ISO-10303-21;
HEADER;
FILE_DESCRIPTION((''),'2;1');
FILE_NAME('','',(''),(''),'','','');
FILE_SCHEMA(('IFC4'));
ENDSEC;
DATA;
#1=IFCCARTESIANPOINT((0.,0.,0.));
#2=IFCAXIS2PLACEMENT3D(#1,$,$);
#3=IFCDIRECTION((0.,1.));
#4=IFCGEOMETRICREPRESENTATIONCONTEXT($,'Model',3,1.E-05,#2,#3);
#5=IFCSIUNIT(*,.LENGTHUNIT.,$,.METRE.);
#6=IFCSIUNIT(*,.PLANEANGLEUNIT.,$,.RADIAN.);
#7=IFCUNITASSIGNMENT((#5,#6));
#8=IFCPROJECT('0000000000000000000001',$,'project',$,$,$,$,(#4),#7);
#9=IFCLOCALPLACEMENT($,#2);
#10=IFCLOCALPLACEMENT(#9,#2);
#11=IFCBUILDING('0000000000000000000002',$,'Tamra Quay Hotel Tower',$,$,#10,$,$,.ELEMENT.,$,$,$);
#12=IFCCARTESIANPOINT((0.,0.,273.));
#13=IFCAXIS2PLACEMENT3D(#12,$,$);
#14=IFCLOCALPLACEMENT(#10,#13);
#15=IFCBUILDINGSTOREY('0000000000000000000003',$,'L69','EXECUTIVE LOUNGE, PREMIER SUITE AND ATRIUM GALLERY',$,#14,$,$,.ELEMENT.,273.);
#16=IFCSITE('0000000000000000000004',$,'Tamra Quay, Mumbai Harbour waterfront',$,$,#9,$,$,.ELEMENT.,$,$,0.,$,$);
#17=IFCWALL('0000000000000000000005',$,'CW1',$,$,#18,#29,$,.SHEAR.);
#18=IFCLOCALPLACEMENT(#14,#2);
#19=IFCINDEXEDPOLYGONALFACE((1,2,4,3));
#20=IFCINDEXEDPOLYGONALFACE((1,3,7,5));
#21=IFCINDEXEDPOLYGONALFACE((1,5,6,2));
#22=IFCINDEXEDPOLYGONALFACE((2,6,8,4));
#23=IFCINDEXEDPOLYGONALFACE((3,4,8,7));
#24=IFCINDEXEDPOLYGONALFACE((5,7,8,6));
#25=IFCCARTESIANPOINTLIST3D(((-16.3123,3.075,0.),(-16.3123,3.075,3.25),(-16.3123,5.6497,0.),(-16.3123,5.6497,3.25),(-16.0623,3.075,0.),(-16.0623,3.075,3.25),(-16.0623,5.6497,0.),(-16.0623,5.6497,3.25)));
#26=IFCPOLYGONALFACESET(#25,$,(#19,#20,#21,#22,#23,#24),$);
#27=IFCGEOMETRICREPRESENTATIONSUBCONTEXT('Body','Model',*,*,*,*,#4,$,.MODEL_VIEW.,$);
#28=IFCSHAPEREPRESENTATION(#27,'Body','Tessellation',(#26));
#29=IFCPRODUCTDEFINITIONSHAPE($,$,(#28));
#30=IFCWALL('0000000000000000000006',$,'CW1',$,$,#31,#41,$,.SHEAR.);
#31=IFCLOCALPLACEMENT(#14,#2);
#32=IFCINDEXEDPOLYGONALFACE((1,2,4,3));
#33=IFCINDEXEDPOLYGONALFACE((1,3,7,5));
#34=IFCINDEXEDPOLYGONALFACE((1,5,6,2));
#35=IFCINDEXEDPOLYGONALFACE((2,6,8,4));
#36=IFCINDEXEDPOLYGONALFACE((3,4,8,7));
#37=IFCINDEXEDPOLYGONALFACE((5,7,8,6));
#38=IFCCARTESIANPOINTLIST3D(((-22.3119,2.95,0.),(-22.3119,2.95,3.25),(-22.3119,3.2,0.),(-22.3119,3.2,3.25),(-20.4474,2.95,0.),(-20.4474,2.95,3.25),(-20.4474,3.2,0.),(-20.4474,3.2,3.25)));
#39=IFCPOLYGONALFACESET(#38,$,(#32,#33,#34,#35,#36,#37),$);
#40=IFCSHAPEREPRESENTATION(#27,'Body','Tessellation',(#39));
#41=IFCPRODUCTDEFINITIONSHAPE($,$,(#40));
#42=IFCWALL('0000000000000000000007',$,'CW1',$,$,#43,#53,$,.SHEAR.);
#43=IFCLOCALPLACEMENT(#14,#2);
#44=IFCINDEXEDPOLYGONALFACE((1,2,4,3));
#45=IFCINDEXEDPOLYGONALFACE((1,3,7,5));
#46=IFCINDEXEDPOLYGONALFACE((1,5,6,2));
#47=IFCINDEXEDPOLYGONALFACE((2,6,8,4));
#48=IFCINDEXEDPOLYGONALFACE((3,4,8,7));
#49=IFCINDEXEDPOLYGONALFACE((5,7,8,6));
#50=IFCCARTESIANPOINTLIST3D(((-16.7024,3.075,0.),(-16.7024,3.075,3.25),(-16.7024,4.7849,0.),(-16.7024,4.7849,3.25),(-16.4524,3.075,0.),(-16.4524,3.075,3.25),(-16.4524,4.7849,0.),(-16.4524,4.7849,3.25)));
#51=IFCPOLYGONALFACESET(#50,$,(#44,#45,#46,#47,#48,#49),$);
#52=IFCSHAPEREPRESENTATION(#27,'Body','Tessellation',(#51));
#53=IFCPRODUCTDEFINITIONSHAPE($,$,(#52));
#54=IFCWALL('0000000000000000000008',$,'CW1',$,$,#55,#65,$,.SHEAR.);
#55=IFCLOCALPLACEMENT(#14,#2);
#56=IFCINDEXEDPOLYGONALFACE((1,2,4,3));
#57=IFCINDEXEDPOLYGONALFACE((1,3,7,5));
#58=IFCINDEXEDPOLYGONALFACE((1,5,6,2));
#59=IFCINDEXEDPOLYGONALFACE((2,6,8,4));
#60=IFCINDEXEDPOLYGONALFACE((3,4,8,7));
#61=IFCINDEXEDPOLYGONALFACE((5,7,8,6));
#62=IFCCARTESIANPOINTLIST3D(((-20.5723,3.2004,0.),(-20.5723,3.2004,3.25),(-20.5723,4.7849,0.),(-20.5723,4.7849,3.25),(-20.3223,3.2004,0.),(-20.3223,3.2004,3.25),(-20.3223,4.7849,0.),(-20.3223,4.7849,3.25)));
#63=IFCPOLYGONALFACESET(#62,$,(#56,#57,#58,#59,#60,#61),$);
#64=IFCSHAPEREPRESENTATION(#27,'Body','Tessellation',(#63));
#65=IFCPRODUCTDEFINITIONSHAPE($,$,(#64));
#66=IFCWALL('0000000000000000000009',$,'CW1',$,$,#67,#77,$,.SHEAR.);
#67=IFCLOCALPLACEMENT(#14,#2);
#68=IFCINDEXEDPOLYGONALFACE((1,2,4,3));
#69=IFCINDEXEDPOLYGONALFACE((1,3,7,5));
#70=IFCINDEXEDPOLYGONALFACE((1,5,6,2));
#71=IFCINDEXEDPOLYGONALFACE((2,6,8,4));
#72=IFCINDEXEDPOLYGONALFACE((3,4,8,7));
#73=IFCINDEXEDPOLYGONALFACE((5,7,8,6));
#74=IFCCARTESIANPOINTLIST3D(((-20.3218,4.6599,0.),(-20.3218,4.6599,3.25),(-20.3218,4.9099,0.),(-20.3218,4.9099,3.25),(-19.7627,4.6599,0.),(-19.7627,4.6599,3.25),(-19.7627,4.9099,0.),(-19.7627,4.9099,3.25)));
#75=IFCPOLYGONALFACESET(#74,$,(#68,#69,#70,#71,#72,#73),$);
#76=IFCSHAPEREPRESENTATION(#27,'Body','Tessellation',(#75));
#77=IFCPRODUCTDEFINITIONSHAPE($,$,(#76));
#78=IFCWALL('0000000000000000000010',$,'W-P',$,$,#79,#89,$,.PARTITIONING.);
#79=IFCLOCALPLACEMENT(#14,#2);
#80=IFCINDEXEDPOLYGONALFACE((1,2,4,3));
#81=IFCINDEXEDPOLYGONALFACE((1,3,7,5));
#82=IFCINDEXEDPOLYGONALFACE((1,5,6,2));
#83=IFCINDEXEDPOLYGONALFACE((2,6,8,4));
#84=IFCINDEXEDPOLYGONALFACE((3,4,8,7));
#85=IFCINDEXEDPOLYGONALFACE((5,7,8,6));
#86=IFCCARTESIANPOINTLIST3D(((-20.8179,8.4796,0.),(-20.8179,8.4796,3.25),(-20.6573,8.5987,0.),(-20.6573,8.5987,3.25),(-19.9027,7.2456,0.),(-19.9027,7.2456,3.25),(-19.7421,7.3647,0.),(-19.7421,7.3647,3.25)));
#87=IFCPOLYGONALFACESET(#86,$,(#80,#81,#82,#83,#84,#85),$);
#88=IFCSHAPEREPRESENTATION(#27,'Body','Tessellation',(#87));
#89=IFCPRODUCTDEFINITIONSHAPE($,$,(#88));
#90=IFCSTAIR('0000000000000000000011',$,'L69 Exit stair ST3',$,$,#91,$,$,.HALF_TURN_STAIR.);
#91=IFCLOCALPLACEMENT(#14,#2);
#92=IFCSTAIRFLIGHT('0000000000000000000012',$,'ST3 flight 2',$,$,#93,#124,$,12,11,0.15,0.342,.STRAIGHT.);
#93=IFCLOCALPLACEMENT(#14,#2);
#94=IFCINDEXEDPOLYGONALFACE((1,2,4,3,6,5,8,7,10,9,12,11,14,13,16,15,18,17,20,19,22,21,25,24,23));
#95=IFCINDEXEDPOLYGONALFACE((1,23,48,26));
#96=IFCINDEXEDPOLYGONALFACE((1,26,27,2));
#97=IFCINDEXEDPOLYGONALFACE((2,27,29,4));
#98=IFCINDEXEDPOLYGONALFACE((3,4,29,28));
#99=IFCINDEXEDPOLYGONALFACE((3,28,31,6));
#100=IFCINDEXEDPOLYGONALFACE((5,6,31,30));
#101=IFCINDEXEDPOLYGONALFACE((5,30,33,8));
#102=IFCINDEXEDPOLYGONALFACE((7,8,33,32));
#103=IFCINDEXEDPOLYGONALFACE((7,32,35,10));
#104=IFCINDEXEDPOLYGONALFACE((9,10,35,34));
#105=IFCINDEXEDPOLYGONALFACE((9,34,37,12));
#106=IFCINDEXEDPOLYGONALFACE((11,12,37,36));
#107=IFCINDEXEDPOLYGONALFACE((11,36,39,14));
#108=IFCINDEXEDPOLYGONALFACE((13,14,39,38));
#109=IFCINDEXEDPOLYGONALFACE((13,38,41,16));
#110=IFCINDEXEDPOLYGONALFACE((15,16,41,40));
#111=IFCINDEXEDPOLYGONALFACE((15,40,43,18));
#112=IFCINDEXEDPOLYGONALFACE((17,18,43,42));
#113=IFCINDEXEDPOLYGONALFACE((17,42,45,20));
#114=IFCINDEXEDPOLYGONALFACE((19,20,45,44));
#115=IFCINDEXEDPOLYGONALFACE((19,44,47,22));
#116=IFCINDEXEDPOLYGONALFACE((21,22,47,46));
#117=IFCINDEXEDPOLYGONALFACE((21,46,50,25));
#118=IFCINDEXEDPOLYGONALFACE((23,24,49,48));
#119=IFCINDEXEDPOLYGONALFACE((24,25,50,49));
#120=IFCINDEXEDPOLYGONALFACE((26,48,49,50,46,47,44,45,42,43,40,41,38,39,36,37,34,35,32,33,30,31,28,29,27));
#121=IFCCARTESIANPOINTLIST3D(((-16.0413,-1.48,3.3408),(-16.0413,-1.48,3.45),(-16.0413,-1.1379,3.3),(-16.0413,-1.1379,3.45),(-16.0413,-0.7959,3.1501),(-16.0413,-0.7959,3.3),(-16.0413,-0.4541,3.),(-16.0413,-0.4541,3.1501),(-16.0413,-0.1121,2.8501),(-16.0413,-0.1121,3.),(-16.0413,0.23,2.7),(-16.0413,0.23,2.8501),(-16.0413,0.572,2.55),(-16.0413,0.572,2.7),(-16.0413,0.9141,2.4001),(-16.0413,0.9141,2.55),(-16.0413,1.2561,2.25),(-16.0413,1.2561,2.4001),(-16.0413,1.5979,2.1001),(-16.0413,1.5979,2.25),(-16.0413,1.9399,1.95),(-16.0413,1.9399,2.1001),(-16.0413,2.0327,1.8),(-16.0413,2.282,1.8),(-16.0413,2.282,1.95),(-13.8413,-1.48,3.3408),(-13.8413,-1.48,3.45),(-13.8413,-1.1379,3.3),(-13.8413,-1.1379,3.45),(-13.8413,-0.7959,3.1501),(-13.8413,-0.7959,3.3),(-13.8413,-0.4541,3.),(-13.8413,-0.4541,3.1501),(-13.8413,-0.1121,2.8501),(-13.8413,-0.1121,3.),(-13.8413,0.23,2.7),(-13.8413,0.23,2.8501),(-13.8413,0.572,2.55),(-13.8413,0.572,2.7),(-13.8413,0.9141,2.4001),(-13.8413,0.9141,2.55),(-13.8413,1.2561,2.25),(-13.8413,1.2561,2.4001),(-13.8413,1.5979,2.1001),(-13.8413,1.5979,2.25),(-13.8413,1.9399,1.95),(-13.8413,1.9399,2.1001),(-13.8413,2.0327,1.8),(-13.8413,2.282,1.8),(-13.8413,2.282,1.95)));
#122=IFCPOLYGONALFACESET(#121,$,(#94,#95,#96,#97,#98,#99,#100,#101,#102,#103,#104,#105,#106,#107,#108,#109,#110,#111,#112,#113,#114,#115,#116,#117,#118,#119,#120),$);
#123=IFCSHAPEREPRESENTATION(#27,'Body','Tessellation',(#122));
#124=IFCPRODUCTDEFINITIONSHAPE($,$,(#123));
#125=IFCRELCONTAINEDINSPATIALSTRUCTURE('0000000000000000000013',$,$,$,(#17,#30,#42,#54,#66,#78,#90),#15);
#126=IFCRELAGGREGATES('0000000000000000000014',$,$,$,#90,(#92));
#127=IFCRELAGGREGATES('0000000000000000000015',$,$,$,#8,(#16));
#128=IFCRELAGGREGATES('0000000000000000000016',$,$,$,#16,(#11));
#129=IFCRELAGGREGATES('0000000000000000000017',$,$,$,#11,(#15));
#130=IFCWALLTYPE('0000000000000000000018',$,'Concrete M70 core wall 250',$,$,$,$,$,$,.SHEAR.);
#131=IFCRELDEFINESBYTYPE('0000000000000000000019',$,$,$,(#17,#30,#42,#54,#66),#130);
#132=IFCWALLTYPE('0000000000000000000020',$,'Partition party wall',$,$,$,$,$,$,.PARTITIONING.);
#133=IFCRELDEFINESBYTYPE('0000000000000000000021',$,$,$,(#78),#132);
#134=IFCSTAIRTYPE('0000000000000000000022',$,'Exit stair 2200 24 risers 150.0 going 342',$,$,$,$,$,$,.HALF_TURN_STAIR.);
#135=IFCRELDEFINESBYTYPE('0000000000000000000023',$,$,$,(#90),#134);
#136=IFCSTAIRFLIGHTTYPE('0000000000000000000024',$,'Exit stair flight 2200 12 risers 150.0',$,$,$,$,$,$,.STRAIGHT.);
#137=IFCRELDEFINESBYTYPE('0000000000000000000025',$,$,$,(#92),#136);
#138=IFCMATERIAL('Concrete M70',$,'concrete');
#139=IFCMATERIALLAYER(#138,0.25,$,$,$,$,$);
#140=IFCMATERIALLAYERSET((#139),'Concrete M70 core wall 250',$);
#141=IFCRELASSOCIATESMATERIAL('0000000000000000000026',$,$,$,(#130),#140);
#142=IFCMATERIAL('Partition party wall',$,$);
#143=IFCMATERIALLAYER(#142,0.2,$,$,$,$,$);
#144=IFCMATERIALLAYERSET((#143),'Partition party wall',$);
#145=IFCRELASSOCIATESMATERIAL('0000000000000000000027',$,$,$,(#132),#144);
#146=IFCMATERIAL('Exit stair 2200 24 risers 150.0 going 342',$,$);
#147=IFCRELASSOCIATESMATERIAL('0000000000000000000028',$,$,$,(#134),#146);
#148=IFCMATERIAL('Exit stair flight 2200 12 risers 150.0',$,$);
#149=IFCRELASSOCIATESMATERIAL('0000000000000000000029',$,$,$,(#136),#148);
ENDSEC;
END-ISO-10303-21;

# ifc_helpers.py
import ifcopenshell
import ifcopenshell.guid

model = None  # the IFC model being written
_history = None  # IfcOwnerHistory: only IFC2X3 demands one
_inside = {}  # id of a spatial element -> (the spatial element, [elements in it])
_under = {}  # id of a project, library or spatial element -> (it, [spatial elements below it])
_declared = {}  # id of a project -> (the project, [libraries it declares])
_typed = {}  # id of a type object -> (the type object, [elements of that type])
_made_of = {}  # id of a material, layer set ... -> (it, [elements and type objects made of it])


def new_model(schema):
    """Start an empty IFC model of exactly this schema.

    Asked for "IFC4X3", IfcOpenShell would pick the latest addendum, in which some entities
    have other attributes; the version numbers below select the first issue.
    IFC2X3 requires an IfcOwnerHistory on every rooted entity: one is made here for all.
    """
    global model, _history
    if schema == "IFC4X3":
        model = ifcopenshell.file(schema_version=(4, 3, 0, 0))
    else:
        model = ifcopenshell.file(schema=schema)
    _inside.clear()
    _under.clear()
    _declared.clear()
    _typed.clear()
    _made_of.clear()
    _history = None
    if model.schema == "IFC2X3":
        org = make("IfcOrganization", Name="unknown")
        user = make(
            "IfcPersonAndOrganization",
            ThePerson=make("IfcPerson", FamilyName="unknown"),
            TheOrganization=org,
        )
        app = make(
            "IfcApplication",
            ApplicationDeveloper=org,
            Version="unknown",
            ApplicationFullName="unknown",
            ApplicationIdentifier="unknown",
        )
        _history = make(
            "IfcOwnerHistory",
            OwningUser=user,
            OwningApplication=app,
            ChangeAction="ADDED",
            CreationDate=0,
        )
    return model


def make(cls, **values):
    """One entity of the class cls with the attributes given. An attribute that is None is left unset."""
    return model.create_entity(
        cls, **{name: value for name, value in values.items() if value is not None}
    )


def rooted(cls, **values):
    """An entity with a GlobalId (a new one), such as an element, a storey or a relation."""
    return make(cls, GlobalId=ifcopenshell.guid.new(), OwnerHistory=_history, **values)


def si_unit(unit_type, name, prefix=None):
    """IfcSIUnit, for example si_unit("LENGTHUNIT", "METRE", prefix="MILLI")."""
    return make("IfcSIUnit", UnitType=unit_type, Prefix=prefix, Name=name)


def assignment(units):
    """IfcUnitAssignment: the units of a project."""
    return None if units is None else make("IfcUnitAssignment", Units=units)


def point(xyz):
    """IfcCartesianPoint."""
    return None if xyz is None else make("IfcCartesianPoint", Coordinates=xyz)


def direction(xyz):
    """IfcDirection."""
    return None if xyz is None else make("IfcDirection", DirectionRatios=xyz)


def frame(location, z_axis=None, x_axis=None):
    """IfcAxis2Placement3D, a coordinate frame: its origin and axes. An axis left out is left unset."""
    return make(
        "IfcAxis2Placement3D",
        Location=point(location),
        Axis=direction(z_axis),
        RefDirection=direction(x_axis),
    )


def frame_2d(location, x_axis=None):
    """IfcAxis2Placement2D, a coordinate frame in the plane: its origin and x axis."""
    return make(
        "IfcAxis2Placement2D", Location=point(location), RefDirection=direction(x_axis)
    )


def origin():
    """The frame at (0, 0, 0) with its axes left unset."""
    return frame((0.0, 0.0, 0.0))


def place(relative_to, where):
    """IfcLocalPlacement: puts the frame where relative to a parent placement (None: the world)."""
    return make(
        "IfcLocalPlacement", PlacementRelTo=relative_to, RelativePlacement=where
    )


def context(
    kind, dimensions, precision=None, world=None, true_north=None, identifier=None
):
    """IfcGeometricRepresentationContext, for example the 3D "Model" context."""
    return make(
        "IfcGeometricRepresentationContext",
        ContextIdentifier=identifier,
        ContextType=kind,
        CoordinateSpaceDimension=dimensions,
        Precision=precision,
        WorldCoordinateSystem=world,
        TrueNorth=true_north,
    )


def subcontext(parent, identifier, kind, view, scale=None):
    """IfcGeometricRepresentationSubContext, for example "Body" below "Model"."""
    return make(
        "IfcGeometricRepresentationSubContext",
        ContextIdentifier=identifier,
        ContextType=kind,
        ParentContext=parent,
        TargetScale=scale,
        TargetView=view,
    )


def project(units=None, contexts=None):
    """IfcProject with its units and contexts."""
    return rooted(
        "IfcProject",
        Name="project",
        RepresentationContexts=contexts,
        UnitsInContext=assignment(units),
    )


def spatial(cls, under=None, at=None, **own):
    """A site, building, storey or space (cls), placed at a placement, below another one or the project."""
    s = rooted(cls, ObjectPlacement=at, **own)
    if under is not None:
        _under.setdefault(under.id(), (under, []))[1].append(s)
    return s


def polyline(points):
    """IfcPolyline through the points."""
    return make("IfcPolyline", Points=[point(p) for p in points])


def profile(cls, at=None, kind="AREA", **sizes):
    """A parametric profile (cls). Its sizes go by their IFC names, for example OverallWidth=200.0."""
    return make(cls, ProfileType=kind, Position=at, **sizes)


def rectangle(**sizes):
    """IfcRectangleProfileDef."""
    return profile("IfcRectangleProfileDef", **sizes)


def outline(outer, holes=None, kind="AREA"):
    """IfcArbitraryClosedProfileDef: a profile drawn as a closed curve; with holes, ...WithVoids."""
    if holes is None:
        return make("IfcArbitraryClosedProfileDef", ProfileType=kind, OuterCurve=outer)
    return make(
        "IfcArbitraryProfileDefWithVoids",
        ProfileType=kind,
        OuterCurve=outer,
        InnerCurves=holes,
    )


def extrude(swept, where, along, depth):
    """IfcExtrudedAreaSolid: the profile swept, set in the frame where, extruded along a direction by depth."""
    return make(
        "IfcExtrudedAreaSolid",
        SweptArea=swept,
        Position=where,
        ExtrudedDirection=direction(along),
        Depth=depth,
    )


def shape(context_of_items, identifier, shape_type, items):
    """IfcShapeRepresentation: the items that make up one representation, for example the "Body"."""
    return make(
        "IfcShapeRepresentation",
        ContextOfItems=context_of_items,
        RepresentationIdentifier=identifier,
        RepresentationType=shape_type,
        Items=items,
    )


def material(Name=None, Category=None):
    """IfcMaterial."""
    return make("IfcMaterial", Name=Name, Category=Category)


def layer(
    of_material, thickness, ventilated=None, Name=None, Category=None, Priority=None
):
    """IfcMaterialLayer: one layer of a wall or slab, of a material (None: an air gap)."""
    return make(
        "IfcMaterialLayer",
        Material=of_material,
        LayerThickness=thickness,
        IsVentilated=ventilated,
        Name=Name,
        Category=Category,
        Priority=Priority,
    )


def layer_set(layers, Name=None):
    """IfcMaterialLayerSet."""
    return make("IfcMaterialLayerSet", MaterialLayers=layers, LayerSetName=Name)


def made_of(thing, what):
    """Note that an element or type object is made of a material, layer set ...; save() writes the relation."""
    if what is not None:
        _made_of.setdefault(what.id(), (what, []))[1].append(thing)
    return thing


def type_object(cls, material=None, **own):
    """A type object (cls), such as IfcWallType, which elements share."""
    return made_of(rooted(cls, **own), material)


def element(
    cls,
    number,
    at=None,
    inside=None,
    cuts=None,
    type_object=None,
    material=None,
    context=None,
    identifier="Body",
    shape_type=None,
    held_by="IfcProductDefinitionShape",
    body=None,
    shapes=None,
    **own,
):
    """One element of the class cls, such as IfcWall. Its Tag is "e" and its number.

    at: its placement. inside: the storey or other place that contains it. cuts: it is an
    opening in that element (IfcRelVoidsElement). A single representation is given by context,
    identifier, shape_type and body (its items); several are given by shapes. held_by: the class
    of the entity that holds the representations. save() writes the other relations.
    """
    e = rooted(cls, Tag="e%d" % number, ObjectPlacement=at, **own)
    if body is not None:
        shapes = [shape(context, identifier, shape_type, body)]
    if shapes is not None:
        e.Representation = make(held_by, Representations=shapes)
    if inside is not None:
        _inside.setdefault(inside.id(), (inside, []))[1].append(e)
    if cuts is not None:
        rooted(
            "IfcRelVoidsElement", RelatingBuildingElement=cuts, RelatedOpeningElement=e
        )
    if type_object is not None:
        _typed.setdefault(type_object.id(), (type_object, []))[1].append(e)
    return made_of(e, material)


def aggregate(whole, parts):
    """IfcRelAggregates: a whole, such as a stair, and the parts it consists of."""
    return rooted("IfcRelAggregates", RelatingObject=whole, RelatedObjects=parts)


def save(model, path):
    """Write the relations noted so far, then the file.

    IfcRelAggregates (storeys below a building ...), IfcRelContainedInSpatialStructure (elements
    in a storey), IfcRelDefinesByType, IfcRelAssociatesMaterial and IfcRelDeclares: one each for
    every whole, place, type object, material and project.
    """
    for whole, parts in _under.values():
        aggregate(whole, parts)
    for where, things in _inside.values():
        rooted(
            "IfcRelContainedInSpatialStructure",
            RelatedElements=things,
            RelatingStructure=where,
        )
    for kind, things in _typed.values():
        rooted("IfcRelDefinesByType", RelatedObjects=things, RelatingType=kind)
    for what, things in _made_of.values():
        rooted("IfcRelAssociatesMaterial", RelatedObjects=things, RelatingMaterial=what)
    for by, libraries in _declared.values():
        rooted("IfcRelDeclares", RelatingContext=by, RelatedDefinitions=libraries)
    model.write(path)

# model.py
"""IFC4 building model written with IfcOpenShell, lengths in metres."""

from ifc_helpers import new_model, si_unit, direction, frame, frame_2d, origin, place, context, subcontext, project, spatial, polyline, rectangle, outline, extrude, material, layer, layer_set, type_object, element, aggregate, save


model = new_model("IFC4")

# Units and contexts
model_context = context("Model", 3, precision=1e-05, world=origin(), true_north=direction((0.0, 1.0)))
body_context = subcontext(model_context, "Body", "Model", "MODEL_VIEW")
ifc_project = project(units=[si_unit("LENGTHUNIT", "METRE"), si_unit("PLANEANGLEUNIT", "RADIAN")], contexts=[model_context])

# Site, building, storey
site_placement = place(None, origin())
site = spatial("IfcSite", under=ifc_project, at=site_placement, Name="Tamra Quay, Mumbai Harbour waterfront", CompositionType="ELEMENT", RefElevation=0.0)
building_placement = place(site_placement, origin())
building = spatial("IfcBuilding", under=site, at=building_placement, Name="Tamra Quay Hotel Tower", CompositionType="ELEMENT")
storey_placement = place(building_placement, frame((0.0, 0.0, 273.0)))
storey = spatial("IfcBuildingStorey", under=building, at=storey_placement, Name="L69", Description="EXECUTIVE LOUNGE, PREMIER SUITE AND ATRIUM GALLERY", CompositionType="ELEMENT", Elevation=273.0)

# Shared definitions
ifc_material_1 = material(Name="Concrete M70", Category="concrete")

# Walls
ifc_layer_1 = layer(ifc_material_1, 0.25)
ifc_layer_set_1 = layer_set([ifc_layer_1], Name="Concrete M70 core wall 250")
wall_type_1 = type_object("IfcWallType", Name="Concrete M70 core wall 250", PredefinedType="SHEAR", material=ifc_layer_set_1)
wall_1_placement = place(storey_placement, frame((-16.1873, 3.075, 0.0), z_axis=(0.0, 0.0, 1.0), x_axis=(0.0, 1.0, 0.0)))
element("IfcWall", 1, at=wall_1_placement, inside=storey, type_object=wall_type_1, Name="CW1", PredefinedType="SHEAR", context=body_context, shape_type="SweptSolid", body=[
    extrude(rectangle(XDim=2.5747, YDim=0.25, at=frame_2d((1.2874, 0.0))), origin(), (0.0, 0.0, 1.0), 3.25),
])
wall_2_placement = place(storey_placement, frame((-22.3118, 3.075, 0.0), z_axis=(0.0, 0.0, 1.0), x_axis=(1.0, 0.0, 0.0)))
element("IfcWall", 2, at=wall_2_placement, inside=storey, type_object=wall_type_1, Name="CW1", PredefinedType="SHEAR", context=body_context, shape_type="SweptSolid", body=[
    extrude(rectangle(XDim=1.8645, YDim=0.25, at=frame_2d((0.9321, 0.0))), origin(), (0.0, 0.0, 1.0), 3.25),
])
wall_3_placement = place(storey_placement, frame((-16.5774, 4.7849, 0.0), z_axis=(0.0, 0.0, 1.0), x_axis=(0.0, -1.0, 0.0)))
element("IfcWall", 3, at=wall_3_placement, inside=storey, type_object=wall_type_1, Name="CW1", PredefinedType="SHEAR", context=body_context, shape_type="SweptSolid", body=[
    extrude(rectangle(XDim=1.71, YDim=0.25, at=frame_2d((0.855, 0.0))), origin(), (0.0, 0.0, 1.0), 3.25),
])
wall_4_placement = place(storey_placement, frame((-20.4473, 3.2004, 0.0), z_axis=(0.0, 0.0, 1.0), x_axis=(0.0, 1.0, 0.0)))
element("IfcWall", 4, at=wall_4_placement, inside=storey, type_object=wall_type_1, Name="CW1", PredefinedType="SHEAR", context=body_context, shape_type="SweptSolid", body=[
    extrude(rectangle(XDim=1.5845, YDim=0.25, at=frame_2d((0.7922, 0.0))), origin(), (0.0, 0.0, 1.0), 3.25),
])
wall_5_placement = place(storey_placement, frame((-20.3218, 4.7849, 0.0), z_axis=(0.0, 0.0, 1.0), x_axis=(1.0, 0.0, 0.0)))
element("IfcWall", 5, at=wall_5_placement, inside=storey, type_object=wall_type_1, Name="CW1", PredefinedType="SHEAR", context=body_context, shape_type="SweptSolid", body=[
    extrude(rectangle(XDim=0.5591, YDim=0.25, at=frame_2d((0.2795, 0.0))), origin(), (0.0, 0.0, 1.0), 3.25),
])
ifc_material_2 = material(Name="Partition party wall")
ifc_layer_2 = layer(ifc_material_2, 0.2)
ifc_layer_set_2 = layer_set([ifc_layer_2], Name="Partition party wall")
wall_type_2 = type_object("IfcWallType", Name="Partition party wall", PredefinedType="PARTITIONING", material=ifc_layer_set_2)
wall_6_placement = place(storey_placement, frame((-20.7375, 8.5391, 0.0), z_axis=(0.0, 0.0, 1.0), x_axis=(0.595695, -0.803211, 0.0)))
element("IfcWall", 6, at=wall_6_placement, inside=storey, type_object=wall_type_2, Name="W-P", PredefinedType="PARTITIONING", context=body_context, shape_type="SweptSolid", body=[
    extrude(rectangle(XDim=1.5364, YDim=0.2, at=frame_2d((0.7681, 0.0))), origin(), (0.0, 0.0, 1.0), 3.25),
])

# Stair, stair flight
ifc_material_3 = material(Name="Exit stair 2200 24 risers 150.0 going 342")
stair_type = type_object("IfcStairType", Name="Exit stair 2200 24 risers 150.0 going 342", PredefinedType="HALF_TURN_STAIR", material=ifc_material_3)
stair_placement = place(storey_placement, origin())
stair = element("IfcStair", 7, at=stair_placement, inside=storey, type_object=stair_type, Name="L69 Exit stair ST3", PredefinedType="HALF_TURN_STAIR")
ifc_material_4 = material(Name="Exit stair flight 2200 12 risers 150.0")
stair_flight_type = type_object("IfcStairFlightType", Name="Exit stair flight 2200 12 risers 150.0", PredefinedType="STRAIGHT", material=ifc_material_4)
stair_flight_placement = place(storey_placement, frame((-14.9414, 2.282, 1.8), z_axis=(0.0, 0.0, 1.0), x_axis=(0.0, -1.0, 0.0)))
stair_flight = element("IfcStairFlight", 8, at=stair_flight_placement, type_object=stair_flight_type, Name="ST3 flight 2", NumberOfRisers=12, NumberOfTreads=11, PredefinedType="STRAIGHT", RiserHeight=0.15, TreadLength=0.342, context=body_context, shape_type="SweptSolid", body=[
    extrude(outline(polyline([(0.0, 0.0), (0.0, 0.1499), (0.342, 0.1499), (0.342, 0.3), (0.6841, 0.3), (0.6841, 0.45), (1.0259, 0.45), (1.0259, 0.6001), (1.3679, 0.6001), (1.3679, 0.75), (1.71, 0.75), (1.71, 0.8999), (2.052, 0.8999), (2.052, 1.05), (2.394, 1.05), (2.394, 1.2), (2.7361, 1.2), (2.7361, 1.3501), (3.0779, 1.3501), (3.0779, 1.5), (3.4199, 1.5), (3.4199, 1.6499), (3.762, 1.6499), (3.762, 1.8), (3.762, 1.5408), (0.2493, 0.0), (0.0, 0.0)])), frame((0.0, 1.1001, 0.0), z_axis=(0.0, -1.0, 0.0), x_axis=(1.0, 0.0, 0.0)), (0.0, 0.0, 1.0), 2.2),
])
aggregate(stair, [stair_flight])

save(model, "model.ifc")
